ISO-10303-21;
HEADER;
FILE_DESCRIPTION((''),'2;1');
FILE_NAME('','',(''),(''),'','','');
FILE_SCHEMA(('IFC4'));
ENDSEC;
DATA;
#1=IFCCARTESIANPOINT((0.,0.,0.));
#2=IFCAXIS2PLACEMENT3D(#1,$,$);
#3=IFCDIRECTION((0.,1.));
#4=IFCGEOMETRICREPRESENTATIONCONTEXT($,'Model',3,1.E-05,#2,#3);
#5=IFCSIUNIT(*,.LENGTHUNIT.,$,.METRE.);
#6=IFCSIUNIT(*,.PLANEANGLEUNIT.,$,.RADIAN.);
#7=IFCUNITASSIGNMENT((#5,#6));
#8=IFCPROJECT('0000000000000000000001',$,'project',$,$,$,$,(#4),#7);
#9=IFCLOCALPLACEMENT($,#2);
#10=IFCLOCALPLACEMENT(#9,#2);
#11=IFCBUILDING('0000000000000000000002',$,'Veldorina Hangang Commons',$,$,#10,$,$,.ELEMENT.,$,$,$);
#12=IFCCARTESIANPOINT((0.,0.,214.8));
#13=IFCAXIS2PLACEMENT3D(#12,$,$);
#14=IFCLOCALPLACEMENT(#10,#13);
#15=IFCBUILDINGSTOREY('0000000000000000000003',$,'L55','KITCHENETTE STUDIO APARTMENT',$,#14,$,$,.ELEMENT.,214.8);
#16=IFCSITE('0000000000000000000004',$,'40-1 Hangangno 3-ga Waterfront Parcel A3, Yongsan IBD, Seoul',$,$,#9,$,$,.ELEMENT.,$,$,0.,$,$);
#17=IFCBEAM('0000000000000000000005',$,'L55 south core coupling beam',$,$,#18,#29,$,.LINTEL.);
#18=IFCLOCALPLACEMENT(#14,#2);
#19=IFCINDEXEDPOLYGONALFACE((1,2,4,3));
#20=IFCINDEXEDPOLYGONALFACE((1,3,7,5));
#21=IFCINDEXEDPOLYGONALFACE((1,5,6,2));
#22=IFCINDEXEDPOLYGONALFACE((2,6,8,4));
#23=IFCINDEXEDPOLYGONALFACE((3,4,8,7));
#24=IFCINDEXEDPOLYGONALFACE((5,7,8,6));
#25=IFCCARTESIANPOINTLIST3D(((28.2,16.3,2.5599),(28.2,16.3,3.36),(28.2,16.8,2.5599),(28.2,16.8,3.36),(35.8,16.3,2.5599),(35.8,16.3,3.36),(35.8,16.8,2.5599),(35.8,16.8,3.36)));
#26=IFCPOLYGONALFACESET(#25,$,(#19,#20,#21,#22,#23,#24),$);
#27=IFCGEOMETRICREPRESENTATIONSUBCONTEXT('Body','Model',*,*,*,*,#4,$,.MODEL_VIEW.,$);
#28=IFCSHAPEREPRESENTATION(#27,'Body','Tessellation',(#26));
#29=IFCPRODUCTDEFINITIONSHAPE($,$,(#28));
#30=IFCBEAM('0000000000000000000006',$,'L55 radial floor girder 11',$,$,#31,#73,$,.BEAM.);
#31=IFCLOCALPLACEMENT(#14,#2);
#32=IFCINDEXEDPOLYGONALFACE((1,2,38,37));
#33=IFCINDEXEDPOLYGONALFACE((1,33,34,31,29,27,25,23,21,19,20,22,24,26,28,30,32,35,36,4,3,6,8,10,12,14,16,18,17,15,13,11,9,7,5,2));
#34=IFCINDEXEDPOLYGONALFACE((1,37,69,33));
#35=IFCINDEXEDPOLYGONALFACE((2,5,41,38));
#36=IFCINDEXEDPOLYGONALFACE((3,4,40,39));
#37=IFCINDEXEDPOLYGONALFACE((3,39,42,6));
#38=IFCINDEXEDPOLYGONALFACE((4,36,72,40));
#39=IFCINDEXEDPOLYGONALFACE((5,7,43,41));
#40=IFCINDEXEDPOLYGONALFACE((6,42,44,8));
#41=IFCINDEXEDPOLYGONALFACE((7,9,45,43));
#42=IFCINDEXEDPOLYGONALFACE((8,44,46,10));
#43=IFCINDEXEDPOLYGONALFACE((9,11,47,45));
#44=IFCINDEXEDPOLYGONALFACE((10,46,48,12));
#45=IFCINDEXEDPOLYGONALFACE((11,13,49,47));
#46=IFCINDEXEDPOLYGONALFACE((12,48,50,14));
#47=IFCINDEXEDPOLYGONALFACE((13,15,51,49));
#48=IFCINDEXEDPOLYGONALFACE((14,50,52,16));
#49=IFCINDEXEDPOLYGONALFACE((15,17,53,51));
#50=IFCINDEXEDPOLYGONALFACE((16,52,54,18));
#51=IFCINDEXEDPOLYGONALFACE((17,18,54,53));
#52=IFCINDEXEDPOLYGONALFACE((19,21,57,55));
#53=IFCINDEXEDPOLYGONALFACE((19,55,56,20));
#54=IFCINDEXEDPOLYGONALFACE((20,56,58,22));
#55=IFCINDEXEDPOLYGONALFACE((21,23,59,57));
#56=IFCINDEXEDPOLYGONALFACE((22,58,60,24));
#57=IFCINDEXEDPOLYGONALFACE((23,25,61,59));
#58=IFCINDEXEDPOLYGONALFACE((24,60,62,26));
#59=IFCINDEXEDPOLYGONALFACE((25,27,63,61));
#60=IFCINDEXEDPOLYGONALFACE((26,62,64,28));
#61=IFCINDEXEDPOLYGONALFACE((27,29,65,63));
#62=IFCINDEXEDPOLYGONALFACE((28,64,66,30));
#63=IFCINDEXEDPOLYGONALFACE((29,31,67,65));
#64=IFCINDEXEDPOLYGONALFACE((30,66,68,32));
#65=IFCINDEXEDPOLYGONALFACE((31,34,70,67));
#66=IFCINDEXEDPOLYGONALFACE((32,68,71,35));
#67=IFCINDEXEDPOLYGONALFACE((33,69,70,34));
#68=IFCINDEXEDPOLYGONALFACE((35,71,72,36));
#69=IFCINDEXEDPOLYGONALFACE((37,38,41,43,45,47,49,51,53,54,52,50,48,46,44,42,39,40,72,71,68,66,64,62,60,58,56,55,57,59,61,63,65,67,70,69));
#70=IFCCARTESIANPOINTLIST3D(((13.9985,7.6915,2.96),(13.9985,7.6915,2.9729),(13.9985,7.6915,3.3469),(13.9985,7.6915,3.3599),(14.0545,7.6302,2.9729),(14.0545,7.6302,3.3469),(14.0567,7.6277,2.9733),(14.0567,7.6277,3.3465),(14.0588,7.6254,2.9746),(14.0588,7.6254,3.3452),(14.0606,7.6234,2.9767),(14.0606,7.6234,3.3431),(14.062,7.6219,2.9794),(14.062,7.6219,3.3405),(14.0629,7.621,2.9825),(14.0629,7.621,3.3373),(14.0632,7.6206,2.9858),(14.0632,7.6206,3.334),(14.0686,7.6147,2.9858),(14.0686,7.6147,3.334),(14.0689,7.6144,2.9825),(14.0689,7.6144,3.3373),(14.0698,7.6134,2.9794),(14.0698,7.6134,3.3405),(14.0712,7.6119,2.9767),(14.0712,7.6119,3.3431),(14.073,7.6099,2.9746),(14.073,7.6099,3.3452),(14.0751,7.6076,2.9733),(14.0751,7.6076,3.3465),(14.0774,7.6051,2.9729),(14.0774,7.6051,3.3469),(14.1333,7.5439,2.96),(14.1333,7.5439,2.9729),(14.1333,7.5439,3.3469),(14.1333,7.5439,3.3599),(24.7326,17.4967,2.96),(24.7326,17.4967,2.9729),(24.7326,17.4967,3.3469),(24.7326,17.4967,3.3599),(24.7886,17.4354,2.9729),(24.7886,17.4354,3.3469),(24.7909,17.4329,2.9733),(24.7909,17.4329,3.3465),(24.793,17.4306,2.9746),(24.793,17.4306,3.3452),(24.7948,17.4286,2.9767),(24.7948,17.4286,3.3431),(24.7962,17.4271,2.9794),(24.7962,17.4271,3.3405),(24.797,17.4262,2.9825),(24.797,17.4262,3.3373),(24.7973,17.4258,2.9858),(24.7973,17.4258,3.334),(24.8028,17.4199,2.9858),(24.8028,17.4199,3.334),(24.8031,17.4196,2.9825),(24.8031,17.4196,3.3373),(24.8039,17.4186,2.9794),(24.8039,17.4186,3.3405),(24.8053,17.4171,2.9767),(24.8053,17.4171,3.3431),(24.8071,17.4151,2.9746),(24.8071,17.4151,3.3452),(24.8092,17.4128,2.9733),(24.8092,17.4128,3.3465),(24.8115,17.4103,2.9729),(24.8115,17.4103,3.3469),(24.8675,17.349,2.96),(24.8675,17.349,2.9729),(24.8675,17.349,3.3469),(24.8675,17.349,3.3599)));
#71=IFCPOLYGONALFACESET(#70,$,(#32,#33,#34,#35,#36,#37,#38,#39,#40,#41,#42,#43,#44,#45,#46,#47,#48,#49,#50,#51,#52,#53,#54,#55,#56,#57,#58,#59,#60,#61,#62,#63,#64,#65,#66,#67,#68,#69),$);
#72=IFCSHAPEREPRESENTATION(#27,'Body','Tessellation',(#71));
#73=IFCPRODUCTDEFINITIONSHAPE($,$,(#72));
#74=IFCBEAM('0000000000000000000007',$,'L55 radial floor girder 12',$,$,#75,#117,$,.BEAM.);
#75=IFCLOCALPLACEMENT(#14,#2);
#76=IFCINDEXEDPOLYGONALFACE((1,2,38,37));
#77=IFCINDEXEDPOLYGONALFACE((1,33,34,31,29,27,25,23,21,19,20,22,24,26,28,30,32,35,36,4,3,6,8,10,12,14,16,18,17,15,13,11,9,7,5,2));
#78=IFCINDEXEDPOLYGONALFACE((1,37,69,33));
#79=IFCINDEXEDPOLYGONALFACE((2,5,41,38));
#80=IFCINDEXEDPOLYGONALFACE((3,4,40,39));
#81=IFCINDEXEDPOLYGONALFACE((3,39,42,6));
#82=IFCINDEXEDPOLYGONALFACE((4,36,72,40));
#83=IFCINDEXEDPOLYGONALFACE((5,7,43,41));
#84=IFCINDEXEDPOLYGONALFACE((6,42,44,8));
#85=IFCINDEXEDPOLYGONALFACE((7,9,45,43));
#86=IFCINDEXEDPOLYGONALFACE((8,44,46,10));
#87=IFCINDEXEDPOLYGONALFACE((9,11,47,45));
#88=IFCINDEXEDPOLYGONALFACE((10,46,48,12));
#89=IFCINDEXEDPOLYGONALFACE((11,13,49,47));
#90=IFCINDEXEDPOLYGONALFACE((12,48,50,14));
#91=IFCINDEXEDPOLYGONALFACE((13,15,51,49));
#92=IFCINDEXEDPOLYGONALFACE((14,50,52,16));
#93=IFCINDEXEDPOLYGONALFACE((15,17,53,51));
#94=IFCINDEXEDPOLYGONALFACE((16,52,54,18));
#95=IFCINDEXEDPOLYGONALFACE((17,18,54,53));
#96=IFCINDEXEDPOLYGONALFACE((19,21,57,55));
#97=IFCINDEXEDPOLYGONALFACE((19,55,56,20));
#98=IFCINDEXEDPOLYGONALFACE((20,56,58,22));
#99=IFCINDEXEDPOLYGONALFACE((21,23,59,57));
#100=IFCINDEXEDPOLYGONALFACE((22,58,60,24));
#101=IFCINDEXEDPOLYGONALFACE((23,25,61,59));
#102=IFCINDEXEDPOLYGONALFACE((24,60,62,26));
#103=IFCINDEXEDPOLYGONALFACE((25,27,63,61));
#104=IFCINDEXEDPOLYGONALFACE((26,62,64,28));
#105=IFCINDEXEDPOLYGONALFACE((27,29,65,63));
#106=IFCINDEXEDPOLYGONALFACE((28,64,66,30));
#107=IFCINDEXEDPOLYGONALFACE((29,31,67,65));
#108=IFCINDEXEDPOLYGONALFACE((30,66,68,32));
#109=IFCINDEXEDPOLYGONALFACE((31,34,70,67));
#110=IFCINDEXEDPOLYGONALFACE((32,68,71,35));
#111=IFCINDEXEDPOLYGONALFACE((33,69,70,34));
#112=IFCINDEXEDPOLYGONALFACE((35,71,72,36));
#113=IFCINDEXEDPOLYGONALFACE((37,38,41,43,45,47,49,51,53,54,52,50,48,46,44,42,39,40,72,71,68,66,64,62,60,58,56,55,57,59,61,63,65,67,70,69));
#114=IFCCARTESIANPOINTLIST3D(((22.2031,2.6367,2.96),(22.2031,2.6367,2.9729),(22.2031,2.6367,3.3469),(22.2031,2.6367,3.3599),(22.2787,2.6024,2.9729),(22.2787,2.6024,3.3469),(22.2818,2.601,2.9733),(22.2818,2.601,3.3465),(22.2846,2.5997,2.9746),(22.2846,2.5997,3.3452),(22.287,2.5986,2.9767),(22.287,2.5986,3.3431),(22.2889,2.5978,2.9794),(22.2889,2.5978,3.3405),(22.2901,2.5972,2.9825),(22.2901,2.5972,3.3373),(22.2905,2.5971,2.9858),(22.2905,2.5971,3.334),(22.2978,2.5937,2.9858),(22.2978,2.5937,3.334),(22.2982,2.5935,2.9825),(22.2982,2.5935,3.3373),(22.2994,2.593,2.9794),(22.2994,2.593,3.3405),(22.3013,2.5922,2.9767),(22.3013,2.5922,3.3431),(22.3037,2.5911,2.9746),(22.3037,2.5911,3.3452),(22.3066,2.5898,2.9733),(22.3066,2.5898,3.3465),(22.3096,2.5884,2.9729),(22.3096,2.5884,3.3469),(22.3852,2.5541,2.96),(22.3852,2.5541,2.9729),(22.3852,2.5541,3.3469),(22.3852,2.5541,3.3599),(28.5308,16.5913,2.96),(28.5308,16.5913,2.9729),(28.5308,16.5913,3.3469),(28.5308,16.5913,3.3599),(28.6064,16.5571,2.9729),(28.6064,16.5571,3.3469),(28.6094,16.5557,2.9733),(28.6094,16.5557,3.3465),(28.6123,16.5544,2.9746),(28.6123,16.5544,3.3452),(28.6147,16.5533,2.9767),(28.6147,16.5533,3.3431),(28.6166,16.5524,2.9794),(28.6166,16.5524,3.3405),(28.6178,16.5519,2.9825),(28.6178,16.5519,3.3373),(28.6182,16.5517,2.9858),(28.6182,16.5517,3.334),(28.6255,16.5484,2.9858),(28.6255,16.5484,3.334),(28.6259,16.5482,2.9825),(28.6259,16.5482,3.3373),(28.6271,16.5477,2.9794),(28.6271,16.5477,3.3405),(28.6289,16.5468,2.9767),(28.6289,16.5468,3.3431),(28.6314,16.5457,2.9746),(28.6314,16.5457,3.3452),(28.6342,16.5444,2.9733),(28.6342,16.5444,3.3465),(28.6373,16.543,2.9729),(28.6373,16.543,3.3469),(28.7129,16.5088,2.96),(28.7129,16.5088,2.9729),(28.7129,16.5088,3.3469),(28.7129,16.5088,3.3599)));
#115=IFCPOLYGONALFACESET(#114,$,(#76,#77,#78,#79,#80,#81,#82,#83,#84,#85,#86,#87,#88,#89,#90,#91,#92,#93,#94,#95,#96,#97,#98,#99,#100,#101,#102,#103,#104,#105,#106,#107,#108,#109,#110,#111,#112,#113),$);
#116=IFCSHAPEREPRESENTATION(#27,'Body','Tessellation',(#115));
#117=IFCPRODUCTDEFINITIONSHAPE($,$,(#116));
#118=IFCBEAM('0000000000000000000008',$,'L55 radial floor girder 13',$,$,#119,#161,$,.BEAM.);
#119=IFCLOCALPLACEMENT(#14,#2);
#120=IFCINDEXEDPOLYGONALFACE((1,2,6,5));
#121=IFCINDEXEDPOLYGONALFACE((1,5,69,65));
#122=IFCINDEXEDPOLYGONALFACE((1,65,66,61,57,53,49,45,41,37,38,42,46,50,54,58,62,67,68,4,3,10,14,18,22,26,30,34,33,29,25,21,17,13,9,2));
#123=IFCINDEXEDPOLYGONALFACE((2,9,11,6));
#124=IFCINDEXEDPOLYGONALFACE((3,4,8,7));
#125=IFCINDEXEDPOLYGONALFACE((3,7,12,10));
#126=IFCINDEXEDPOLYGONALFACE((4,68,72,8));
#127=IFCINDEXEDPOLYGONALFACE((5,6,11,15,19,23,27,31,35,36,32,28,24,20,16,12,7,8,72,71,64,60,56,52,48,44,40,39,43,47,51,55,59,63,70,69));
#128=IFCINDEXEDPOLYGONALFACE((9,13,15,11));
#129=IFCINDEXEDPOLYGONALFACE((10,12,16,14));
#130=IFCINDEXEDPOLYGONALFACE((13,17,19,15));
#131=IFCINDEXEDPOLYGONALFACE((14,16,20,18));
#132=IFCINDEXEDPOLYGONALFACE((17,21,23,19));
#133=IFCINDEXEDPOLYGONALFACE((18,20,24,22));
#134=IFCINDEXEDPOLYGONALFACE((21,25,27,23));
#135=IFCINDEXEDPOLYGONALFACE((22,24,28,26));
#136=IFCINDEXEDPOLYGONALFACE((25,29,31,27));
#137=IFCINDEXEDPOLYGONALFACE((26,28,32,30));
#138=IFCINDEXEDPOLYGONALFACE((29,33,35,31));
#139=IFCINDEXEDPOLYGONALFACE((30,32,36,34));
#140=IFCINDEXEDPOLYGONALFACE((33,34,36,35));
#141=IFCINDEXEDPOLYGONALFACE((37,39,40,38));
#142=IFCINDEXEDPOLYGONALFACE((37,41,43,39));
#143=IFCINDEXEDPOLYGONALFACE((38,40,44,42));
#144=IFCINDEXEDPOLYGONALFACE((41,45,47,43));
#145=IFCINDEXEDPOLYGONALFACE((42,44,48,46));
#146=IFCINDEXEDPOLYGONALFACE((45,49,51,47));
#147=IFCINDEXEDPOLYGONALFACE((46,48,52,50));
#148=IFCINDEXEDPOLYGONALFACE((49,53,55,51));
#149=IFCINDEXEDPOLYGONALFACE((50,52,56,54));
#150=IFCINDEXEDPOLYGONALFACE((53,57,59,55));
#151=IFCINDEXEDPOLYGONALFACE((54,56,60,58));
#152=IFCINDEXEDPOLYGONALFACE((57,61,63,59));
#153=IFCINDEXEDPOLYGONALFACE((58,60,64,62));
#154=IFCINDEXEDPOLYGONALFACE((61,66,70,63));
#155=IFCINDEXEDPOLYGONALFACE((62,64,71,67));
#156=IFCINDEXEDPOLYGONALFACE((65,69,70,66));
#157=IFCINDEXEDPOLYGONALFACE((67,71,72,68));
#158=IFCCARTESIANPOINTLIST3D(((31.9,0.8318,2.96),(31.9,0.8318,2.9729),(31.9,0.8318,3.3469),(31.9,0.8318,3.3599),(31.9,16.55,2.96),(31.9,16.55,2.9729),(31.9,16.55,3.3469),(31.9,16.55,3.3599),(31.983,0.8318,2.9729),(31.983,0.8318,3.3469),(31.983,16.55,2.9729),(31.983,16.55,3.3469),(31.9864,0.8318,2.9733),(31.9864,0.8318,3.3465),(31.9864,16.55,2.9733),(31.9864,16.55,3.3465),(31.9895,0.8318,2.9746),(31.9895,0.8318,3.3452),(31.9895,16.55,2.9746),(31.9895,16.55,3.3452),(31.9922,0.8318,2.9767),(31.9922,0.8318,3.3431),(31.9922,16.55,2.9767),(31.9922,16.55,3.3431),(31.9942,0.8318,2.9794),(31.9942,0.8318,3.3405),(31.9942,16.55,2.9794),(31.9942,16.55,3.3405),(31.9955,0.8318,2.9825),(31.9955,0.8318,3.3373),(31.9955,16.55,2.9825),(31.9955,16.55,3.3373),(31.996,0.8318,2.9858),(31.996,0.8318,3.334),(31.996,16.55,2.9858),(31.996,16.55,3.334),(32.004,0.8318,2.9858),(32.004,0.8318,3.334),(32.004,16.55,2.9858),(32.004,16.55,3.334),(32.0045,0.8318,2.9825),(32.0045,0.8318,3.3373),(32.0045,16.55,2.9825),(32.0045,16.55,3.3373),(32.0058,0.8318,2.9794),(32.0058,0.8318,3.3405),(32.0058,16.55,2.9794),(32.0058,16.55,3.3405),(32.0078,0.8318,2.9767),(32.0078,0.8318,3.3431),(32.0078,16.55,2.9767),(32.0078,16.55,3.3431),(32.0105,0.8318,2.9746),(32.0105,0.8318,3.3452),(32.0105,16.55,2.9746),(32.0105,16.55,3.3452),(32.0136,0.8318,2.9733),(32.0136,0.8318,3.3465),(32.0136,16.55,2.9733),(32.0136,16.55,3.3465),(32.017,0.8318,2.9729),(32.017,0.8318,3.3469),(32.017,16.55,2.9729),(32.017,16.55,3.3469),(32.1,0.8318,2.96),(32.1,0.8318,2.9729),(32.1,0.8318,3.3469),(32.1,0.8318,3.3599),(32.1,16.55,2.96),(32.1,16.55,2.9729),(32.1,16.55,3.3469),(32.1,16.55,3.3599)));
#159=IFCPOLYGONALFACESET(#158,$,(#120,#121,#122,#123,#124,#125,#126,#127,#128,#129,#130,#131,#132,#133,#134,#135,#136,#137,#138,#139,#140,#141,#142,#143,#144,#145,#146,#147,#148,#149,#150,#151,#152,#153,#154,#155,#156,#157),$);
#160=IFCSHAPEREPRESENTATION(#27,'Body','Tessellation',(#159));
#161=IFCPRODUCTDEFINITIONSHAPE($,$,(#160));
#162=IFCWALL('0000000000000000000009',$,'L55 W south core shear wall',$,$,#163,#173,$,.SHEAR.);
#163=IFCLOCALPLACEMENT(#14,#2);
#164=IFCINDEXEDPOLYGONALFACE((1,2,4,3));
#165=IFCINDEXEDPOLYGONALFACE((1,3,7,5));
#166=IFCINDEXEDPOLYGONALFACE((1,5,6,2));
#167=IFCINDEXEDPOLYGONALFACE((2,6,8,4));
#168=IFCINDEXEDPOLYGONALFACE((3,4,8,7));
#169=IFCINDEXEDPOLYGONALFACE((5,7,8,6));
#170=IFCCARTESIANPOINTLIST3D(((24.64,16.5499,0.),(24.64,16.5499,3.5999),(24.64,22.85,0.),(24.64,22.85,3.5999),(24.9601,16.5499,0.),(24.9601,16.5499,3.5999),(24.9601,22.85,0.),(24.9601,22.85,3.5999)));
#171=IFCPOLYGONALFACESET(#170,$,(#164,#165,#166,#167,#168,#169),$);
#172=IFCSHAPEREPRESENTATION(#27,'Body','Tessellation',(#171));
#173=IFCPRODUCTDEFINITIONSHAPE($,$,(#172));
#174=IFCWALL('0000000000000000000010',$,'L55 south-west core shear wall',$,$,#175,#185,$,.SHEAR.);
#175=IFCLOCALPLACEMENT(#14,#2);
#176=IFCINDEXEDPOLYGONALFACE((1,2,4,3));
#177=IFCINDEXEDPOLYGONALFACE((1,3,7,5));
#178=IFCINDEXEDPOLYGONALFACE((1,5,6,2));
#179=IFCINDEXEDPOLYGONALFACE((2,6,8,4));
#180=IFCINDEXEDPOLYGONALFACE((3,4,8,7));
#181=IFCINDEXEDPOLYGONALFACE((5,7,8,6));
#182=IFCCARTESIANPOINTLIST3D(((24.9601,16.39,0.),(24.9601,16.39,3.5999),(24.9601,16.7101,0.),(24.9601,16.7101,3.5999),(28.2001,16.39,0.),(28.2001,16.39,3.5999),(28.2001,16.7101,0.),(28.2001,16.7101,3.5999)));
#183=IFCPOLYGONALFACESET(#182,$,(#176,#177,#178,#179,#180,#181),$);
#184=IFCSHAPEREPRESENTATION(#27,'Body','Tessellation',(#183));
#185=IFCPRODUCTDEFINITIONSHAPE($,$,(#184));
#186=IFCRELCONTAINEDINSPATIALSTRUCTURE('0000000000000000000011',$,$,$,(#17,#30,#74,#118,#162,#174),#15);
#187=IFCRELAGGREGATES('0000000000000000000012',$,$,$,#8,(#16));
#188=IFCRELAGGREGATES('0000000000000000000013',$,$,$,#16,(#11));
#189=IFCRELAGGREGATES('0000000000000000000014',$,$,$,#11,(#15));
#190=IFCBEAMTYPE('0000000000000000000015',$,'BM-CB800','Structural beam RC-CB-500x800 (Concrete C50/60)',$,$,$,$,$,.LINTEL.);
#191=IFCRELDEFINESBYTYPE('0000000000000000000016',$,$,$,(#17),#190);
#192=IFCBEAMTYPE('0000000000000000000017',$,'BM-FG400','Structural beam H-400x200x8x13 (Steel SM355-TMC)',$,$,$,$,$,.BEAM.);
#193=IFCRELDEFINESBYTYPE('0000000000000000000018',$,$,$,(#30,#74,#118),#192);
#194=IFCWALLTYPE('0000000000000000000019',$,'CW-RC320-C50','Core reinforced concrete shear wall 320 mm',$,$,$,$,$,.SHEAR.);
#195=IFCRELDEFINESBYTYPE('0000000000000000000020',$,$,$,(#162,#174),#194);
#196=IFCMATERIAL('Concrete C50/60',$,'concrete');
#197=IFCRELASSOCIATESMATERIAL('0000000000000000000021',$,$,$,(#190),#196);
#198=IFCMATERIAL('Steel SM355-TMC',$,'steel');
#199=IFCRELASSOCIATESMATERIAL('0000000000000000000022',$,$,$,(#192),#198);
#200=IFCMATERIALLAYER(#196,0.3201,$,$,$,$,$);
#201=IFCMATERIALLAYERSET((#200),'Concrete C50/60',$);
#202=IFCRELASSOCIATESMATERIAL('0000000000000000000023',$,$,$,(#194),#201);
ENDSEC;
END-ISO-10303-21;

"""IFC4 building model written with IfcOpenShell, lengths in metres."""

from ifc_helpers import new_model, si_unit, direction, frame, frame_2d, origin, origin_2d, place, context, subcontext, project, spatial, rectangle, i_section, extrude, material, layer, layer_set, material_profile, profile_set, type_object, element, save


model = new_model("IFC4")

# Units and contexts
model_context = context("Model", 3, precision=1e-05, world=origin(), true_north=direction((0.0, 1.0)))
body_context = subcontext(model_context, "Body", "Model", "MODEL_VIEW")
ifc_project = project(units=[si_unit("LENGTHUNIT", "METRE"), si_unit("PLANEANGLEUNIT", "RADIAN")], contexts=[model_context])

# Site, building, storey
site_placement = place(None, origin())
site = spatial("IfcSite", under=ifc_project, at=site_placement, Name="40-1 Hangangno 3-ga Waterfront Parcel A3, Yongsan IBD, Seoul", CompositionType="ELEMENT", RefElevation=0.0)
building_placement = place(site_placement, origin())
building = spatial("IfcBuilding", under=site, at=building_placement, Name="Veldorina Hangang Commons", CompositionType="ELEMENT")
storey_placement = place(building_placement, frame((0.0, 0.0, 214.8)))
storey = spatial("IfcBuildingStorey", under=building, at=storey_placement, Name="L55", Description="KITCHENETTE STUDIO APARTMENT", CompositionType="ELEMENT", Elevation=214.8)

# Beams
ifc_material_1 = material(Name="Concrete C50/60", Category="concrete")
ifc_material_profile_1 = material_profile(ifc_material_1, rectangle(XDim=0.5, YDim=0.8, at=origin_2d()), Name="RC-CB-500x800")
ifc_profile_set_1 = profile_set([ifc_material_profile_1], Name="Concrete C50/60")
beam_type_1 = type_object("IfcBeamType", Name="BM-CB800", Description="Structural beam RC-CB-500x800 (Concrete C50/60)", PredefinedType="LINTEL", material=ifc_profile_set_1)
beam_1_placement = place(storey_placement, frame((28.2, 16.55, 2.96), z_axis=(1.0, 0.0, 0.0), x_axis=(0.0, 1.0, 0.0)))
element("IfcBeam", 1, at=beam_1_placement, inside=storey, type_object=beam_type_1, Name="L55 south core coupling beam", PredefinedType="LINTEL", context=body_context, shape_type="SweptSolid", body=[
    extrude(rectangle(XDim=0.5, YDim=0.8, at=origin_2d()), origin(), (0.0, 0.0, 1.0), 7.6001),
])
ifc_material_2 = material(Name="Steel SM355-TMC", Category="steel")
ifc_material_profile_2 = material_profile(ifc_material_2, i_section(OverallWidth=0.2, OverallDepth=0.3999, WebThickness=0.0081, FlangeThickness=0.0129, FilletRadius=0.0129, at=origin_2d()), Name="H-400x200x8x13")
ifc_profile_set_2 = profile_set([ifc_material_profile_2], Name="Steel SM355-TMC")
beam_type_2 = type_object("IfcBeamType", Name="BM-FG400", Description="Structural beam H-400x200x8x13 (Steel SM355-TMC)", PredefinedType="BEAM", material=ifc_profile_set_2)
beam_2_placement = place(storey_placement, frame((24.8, 17.4229, 3.1599), z_axis=(-0.738333, -0.674436, 0.0), x_axis=(0.674436, -0.738333, 0.0)))
element("IfcBeam", 2, at=beam_2_placement, inside=storey, type_object=beam_type_2, Name="L55 radial floor girder 11", PredefinedType="BEAM", context=body_context, shape_type="SweptSolid", body=[
    extrude(i_section(OverallWidth=0.2, OverallDepth=0.3999, WebThickness=0.0081, FlangeThickness=0.0129, FilletRadius=0.0129, at=origin_2d()), origin(), (0.0, 0.0, 1.0), 14.5383),
])
beam_3_placement = place(storey_placement, frame((28.6218, 16.55, 3.1599), z_axis=(-0.412972, -0.910744, 0.0), x_axis=(0.910744, -0.412972, 0.0)))
element("IfcBeam", 3, at=beam_3_placement, inside=storey, type_object=beam_type_2, Name="L55 radial floor girder 12", PredefinedType="BEAM", context=body_context, shape_type="SweptSolid", body=[
    extrude(i_section(OverallWidth=0.2, OverallDepth=0.3999, WebThickness=0.0081, FlangeThickness=0.0129, FilletRadius=0.0129, at=origin_2d()), origin(), (0.0, 0.0, 1.0), 15.3223),
])
beam_4_placement = place(storey_placement, frame((32.0, 16.55, 3.1599), z_axis=(0.0, -1.0, 0.0), x_axis=(1.0, 0.0, 0.0)))
element("IfcBeam", 4, at=beam_4_placement, inside=storey, type_object=beam_type_2, Name="L55 radial floor girder 13", PredefinedType="BEAM", context=body_context, shape_type="SweptSolid", body=[
    extrude(i_section(OverallWidth=0.2, OverallDepth=0.3999, WebThickness=0.0081, FlangeThickness=0.0129, FilletRadius=0.0129, at=origin_2d()), origin(), (0.0, 0.0, 1.0), 15.7183),
])

# Walls
ifc_layer_1 = layer(ifc_material_1, 0.3201)
ifc_layer_set_1 = layer_set([ifc_layer_1], Name="Concrete C50/60")
wall_type_1 = type_object("IfcWallType", Name="CW-RC320-C50", Description="Core reinforced concrete shear wall 320 mm", PredefinedType="SHEAR", material=ifc_layer_set_1)
wall_1_placement = place(storey_placement, frame((24.8, 16.55, 0.0), z_axis=(0.0, 0.0, 1.0), x_axis=(0.0, 1.0, 0.0)))
element("IfcWall", 5, at=wall_1_placement, inside=storey, type_object=wall_type_1, Name="L55 W south core shear wall", PredefinedType="SHEAR", context=body_context, shape_type="SweptSolid", body=[
    extrude(rectangle(XDim=6.3, YDim=0.3201, at=frame_2d((3.1499, 0.0))), origin(), (0.0, 0.0, 1.0), 3.5999),
])
wall_2_placement = place(storey_placement, frame((24.96, 16.55, 0.0), z_axis=(0.0, 0.0, 1.0), x_axis=(1.0, 0.0, 0.0)))
element("IfcWall", 6, at=wall_2_placement, inside=storey, type_object=wall_type_1, Name="L55 south-west core shear wall", PredefinedType="SHEAR", context=body_context, shape_type="SweptSolid", body=[
    extrude(rectangle(XDim=3.24, YDim=0.3201, at=frame_2d((1.6201, 0.0))), origin(), (0.0, 0.0, 1.0), 3.5999),
])

save(model, "model.ifc")
